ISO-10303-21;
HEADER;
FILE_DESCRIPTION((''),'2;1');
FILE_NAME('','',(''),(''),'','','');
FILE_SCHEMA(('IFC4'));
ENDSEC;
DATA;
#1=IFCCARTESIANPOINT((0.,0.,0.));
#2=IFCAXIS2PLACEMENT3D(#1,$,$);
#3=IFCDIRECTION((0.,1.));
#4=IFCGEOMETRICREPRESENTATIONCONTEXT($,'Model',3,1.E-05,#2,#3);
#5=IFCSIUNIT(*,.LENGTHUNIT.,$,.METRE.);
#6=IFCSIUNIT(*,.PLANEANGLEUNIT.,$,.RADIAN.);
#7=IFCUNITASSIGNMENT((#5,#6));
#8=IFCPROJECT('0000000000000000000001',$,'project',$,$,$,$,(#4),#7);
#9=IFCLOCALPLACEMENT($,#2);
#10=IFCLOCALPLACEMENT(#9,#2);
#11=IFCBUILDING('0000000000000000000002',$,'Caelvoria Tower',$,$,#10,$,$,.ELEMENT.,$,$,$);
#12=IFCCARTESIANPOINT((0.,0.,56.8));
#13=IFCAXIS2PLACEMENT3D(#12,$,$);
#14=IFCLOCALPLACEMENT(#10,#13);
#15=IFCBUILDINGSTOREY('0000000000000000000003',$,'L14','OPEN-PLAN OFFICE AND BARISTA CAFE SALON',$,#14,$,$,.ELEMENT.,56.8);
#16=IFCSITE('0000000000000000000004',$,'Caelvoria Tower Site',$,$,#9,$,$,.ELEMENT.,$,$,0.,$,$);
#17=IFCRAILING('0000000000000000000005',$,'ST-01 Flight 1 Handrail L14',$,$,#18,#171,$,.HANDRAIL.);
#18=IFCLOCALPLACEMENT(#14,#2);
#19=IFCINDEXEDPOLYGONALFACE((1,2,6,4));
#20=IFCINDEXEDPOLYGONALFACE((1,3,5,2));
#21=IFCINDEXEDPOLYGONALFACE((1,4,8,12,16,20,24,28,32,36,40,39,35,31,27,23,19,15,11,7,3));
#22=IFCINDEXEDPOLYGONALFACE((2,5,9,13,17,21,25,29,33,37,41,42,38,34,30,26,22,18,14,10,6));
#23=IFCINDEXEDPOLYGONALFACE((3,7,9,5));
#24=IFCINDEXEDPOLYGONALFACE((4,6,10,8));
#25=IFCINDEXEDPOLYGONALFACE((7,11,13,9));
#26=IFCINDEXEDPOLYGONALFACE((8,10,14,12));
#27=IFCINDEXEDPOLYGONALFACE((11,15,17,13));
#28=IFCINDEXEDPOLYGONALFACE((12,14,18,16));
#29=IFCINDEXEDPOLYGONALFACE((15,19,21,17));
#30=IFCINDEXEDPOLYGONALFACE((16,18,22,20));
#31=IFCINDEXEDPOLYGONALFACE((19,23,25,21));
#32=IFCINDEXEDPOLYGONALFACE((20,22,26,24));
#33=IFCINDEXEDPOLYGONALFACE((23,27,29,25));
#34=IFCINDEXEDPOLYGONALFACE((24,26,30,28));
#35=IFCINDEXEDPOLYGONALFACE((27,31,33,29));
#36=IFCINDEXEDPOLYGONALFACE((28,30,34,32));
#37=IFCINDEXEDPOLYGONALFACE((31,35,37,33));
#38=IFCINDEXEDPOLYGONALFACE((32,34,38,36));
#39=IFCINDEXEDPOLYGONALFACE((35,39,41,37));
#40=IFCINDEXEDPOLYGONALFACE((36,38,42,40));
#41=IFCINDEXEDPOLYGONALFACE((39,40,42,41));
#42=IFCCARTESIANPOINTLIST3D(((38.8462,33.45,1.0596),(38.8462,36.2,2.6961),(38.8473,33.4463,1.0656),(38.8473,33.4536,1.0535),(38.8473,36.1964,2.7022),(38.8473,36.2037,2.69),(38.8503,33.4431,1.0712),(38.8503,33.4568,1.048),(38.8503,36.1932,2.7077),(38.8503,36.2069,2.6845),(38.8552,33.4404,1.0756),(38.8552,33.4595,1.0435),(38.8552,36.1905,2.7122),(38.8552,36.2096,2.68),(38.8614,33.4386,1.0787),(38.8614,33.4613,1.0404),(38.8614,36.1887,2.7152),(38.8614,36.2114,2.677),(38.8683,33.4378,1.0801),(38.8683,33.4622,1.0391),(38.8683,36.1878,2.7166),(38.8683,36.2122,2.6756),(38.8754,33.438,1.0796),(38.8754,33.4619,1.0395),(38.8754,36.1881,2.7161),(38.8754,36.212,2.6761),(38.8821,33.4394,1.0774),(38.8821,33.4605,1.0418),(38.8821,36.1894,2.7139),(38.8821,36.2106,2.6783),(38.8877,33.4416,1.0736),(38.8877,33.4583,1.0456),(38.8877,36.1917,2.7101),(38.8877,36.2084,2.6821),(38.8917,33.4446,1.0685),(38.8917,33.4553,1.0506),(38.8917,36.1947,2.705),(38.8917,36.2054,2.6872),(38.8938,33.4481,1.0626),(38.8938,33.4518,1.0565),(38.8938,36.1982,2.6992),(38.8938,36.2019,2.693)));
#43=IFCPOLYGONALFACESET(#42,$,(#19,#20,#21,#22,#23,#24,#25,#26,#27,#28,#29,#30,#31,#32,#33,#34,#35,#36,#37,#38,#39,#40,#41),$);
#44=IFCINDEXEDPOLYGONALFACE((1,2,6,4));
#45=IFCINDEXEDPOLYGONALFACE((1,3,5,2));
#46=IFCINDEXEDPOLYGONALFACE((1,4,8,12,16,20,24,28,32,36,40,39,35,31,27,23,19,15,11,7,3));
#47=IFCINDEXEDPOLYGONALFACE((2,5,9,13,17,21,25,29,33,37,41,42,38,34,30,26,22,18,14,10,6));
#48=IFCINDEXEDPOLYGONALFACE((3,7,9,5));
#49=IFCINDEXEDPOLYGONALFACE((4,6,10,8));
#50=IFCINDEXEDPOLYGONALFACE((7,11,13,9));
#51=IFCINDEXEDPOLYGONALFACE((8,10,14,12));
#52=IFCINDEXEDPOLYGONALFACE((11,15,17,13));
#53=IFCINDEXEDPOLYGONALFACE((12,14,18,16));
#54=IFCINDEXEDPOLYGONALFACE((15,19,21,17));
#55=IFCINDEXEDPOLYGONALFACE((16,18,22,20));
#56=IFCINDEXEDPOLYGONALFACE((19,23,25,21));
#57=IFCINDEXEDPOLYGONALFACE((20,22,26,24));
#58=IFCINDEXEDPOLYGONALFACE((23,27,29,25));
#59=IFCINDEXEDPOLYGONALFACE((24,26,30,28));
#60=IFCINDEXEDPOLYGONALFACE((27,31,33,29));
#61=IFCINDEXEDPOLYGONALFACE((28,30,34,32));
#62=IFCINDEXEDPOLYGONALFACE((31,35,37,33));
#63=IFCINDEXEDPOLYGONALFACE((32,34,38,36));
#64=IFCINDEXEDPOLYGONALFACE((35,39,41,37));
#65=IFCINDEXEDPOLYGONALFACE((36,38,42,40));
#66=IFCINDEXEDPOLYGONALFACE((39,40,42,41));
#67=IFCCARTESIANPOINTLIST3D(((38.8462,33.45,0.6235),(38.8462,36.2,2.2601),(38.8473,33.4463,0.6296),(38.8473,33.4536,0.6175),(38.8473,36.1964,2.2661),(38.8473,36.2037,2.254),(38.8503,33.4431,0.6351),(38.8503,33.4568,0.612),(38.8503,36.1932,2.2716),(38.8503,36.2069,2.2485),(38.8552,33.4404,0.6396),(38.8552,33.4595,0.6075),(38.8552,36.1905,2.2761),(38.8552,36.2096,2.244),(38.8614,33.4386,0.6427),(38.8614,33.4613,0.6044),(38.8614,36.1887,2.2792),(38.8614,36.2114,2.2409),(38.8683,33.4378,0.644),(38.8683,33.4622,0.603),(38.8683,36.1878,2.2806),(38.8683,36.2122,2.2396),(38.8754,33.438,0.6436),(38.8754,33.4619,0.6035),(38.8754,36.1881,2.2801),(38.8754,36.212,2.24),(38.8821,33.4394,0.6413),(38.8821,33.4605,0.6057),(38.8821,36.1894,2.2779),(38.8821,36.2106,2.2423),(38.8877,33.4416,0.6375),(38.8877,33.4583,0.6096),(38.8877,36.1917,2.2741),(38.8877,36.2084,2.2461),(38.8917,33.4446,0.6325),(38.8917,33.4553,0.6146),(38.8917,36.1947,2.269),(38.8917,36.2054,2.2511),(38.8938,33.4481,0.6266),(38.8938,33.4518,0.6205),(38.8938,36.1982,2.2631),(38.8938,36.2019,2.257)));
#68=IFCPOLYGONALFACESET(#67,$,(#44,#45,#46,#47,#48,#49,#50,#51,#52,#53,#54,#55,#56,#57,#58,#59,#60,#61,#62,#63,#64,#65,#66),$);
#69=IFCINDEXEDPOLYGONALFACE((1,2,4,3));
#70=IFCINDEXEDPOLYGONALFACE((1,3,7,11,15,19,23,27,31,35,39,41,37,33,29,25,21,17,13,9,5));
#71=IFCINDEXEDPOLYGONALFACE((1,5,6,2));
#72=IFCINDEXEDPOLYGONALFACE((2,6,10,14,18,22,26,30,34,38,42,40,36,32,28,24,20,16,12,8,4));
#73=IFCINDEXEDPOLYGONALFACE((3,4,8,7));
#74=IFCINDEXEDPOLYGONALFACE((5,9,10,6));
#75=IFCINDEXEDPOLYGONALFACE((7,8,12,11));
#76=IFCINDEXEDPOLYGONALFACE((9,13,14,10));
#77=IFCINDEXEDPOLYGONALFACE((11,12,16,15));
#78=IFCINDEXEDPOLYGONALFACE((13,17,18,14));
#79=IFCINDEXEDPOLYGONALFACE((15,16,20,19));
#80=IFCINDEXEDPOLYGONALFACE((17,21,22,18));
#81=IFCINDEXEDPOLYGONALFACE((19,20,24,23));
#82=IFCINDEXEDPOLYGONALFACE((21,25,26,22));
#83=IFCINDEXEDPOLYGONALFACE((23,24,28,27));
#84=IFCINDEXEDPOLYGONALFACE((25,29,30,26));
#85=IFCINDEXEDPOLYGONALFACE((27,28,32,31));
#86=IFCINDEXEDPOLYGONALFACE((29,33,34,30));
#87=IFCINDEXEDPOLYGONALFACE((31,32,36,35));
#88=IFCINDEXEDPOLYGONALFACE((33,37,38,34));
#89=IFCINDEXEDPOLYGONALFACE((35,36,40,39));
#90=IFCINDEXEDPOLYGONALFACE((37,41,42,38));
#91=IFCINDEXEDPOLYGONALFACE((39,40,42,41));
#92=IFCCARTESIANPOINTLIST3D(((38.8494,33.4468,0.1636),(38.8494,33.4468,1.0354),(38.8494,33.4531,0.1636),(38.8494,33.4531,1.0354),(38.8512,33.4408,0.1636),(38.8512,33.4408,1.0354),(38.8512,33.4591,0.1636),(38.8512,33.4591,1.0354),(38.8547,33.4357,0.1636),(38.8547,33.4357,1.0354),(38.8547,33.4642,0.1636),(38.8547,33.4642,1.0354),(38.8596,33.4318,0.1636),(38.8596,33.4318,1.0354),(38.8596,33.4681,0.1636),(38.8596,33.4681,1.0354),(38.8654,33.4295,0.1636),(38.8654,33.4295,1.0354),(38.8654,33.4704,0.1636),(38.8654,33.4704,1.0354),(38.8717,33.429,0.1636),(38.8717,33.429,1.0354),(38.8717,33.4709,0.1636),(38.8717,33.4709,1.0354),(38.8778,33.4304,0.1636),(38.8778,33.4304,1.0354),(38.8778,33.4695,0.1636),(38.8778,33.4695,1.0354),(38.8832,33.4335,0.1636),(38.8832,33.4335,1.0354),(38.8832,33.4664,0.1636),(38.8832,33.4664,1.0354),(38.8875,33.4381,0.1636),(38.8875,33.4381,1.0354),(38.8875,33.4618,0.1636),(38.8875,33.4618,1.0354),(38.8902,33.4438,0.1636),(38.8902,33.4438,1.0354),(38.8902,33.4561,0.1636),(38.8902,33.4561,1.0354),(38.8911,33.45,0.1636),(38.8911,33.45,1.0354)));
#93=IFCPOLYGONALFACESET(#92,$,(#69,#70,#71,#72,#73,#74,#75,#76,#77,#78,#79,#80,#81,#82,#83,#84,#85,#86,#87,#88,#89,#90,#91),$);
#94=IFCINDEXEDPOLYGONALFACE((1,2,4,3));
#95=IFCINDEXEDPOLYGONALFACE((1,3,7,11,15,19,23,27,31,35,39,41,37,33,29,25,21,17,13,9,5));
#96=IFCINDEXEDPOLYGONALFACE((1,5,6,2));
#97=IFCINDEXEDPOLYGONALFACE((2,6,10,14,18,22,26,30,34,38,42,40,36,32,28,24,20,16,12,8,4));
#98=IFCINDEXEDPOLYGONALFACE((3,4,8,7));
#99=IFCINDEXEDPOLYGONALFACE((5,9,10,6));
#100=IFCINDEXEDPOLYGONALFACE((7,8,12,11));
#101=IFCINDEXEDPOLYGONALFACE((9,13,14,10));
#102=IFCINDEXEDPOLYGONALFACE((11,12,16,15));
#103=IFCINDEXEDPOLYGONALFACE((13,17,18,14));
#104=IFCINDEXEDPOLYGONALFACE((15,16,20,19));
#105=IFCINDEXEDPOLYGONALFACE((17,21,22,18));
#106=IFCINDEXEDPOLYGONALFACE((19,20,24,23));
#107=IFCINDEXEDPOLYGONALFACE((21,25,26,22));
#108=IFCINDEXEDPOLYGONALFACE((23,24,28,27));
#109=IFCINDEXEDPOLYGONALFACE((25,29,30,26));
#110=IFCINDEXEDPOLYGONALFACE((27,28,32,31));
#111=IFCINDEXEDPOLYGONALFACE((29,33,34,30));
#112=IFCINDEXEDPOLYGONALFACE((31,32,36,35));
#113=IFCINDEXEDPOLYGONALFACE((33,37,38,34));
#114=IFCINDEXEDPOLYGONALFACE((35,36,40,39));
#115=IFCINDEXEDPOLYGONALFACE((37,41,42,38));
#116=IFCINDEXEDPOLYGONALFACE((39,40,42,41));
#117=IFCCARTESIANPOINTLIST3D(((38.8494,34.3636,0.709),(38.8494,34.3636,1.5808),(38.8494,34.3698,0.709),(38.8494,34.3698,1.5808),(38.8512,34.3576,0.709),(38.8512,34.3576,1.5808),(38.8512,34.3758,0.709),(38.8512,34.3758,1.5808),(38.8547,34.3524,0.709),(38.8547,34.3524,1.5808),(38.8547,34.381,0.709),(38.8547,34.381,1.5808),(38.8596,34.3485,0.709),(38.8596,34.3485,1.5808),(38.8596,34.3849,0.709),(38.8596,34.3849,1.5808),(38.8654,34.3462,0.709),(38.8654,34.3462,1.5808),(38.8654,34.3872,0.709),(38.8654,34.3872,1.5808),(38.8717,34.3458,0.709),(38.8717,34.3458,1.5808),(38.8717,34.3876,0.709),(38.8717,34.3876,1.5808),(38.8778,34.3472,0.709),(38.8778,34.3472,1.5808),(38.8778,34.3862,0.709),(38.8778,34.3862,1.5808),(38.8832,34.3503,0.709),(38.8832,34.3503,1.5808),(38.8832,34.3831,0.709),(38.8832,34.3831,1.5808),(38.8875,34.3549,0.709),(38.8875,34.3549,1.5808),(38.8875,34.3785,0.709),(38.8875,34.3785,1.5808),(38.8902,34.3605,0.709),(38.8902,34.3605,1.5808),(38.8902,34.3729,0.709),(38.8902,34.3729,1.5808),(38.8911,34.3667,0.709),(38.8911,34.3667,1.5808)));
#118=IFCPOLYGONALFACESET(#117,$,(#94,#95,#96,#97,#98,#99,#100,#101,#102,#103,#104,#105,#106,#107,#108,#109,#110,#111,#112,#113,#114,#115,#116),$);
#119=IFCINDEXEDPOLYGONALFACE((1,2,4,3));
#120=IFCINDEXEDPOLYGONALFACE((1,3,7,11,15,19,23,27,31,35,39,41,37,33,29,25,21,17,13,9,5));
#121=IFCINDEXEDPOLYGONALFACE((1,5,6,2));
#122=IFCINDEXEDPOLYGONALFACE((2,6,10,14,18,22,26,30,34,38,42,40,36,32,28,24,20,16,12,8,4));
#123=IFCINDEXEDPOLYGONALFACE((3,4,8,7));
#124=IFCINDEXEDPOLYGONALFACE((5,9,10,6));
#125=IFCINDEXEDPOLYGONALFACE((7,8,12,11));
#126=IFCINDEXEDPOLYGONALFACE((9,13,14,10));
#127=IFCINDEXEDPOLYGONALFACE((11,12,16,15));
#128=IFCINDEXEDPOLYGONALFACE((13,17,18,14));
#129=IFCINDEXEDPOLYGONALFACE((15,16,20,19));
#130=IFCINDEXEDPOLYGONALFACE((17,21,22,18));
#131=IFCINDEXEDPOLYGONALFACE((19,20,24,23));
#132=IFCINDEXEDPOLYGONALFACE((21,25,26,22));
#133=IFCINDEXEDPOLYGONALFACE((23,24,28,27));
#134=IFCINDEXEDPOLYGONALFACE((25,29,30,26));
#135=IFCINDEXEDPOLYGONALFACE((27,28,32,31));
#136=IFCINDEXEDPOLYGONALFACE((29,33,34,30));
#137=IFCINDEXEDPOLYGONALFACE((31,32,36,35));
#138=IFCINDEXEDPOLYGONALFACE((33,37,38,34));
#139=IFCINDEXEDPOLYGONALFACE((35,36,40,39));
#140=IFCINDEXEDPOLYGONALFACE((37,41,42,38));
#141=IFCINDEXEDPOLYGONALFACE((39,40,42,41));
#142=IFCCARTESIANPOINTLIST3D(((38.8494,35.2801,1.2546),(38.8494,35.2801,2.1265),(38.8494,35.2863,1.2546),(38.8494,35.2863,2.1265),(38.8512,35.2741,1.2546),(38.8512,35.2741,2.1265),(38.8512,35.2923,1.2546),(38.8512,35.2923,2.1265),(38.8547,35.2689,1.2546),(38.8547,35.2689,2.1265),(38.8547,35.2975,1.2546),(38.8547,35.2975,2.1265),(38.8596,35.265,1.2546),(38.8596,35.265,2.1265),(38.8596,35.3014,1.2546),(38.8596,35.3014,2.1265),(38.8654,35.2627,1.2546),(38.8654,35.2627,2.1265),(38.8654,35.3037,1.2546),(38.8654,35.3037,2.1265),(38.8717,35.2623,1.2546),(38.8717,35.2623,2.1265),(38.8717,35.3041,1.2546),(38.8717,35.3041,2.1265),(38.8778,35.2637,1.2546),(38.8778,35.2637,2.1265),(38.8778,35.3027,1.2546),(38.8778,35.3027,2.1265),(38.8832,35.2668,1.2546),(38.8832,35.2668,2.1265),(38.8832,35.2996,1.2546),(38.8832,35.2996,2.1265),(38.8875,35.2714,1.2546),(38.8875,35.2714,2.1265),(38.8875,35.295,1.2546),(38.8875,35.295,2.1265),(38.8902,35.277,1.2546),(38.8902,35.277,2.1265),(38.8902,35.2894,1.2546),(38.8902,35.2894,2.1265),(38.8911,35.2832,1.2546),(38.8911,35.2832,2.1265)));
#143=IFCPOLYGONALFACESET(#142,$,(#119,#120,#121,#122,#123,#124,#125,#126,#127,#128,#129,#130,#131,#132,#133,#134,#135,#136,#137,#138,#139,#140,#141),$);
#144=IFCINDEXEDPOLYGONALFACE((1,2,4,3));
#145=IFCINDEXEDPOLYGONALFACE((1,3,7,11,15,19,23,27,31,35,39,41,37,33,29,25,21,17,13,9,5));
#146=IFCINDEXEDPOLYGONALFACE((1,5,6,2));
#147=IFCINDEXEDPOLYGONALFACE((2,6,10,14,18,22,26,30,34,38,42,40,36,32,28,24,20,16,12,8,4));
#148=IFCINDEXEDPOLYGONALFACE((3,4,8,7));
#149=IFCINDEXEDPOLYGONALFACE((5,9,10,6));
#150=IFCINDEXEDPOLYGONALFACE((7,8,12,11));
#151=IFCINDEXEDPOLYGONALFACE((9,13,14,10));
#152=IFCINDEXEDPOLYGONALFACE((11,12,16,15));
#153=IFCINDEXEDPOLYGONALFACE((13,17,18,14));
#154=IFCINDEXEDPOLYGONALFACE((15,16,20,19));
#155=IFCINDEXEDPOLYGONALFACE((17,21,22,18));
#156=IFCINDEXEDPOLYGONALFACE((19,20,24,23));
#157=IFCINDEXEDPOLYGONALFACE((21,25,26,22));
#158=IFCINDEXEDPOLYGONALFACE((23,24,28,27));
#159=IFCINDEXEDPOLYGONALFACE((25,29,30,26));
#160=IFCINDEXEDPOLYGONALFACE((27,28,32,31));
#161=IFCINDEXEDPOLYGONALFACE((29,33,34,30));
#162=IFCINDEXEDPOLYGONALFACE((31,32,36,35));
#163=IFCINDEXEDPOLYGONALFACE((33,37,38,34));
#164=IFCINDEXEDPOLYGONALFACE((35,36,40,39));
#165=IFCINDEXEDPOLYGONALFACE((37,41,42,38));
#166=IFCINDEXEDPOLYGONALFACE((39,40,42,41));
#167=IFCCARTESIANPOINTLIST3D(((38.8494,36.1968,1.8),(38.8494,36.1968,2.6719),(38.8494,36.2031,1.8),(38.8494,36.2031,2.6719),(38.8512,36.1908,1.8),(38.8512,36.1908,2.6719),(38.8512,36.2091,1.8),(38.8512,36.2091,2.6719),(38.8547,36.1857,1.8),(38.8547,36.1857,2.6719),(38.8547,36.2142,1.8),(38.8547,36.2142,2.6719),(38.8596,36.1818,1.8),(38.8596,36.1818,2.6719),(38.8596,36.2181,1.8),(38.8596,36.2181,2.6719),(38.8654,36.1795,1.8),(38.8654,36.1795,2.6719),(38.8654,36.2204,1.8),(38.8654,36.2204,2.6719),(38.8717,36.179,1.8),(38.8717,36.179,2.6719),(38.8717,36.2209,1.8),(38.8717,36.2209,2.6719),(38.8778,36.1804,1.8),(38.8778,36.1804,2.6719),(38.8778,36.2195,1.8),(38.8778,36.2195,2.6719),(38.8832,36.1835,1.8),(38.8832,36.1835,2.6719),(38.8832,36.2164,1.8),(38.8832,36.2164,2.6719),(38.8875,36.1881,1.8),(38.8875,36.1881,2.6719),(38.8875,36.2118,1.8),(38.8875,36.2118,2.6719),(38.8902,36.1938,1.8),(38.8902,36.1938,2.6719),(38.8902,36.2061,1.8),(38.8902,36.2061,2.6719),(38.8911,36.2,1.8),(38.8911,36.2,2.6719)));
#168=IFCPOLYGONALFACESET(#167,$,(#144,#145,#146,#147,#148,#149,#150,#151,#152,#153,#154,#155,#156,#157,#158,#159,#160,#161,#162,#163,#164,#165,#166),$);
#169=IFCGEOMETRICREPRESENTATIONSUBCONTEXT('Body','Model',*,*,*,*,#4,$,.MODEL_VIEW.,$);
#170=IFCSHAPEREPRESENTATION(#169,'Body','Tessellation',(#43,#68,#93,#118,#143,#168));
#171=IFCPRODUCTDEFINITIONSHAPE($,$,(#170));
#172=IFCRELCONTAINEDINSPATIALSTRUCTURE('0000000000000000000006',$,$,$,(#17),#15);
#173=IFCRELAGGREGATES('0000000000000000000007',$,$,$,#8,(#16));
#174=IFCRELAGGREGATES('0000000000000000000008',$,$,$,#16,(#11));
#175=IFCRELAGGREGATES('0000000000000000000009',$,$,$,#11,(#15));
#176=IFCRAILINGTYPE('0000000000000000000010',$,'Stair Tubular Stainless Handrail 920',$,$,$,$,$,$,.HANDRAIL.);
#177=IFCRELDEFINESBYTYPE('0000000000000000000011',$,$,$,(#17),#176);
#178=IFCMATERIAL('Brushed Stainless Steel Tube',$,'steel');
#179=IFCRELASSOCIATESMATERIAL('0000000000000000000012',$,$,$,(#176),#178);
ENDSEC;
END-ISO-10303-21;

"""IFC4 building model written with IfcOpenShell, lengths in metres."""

from ifc_helpers import new_model, si_unit, direction, frame, origin, origin_2d, place, context, subcontext, project, spatial, circle, extrude, material, type_object, element, save


model = new_model("IFC4")

# Units and contexts
model_context = context("Model", 3, precision=1e-05, world=origin(), true_north=direction((0.0, 1.0)))
body_context = subcontext(model_context, "Body", "Model", "MODEL_VIEW")
ifc_project = project(units=[si_unit("LENGTHUNIT", "METRE"), si_unit("PLANEANGLEUNIT", "RADIAN")], contexts=[model_context])

# Site, building, storey
site_placement = place(None, origin())
site = spatial("IfcSite", under=ifc_project, at=site_placement, Name="Caelvoria Tower Site", CompositionType="ELEMENT", RefElevation=0.0)
building_placement = place(site_placement, origin())
building = spatial("IfcBuilding", under=site, at=building_placement, Name="Caelvoria Tower", CompositionType="ELEMENT")
storey_placement = place(building_placement, frame((0.0, 0.0, 56.8)))
storey = spatial("IfcBuildingStorey", under=building, at=storey_placement, Name="L14", Description="OPEN-PLAN OFFICE AND BARISTA CAFE SALON", CompositionType="ELEMENT", Elevation=56.8)

# Railing
ifc_material_1 = material(Name="Brushed Stainless Steel Tube", Category="steel")
railing_type_1 = type_object("IfcRailingType", Name="Stair Tubular Stainless Handrail 920", PredefinedType="HANDRAIL", material=ifc_material_1)
railing_1_placement = place(storey_placement, frame((38.8701, 33.45, 0.1636)))
element("IfcRailing", 1, at=railing_1_placement, inside=storey, type_object=railing_type_1, Name="ST-01 Flight 1 Handrail L14", PredefinedType="HANDRAIL", context=body_context, shape_type="SweptSolid", body=[
    extrude(circle(Radius=0.0239, at=origin_2d()), frame((0.0, 0.0, 0.896), z_axis=(0.0, 0.859352, 0.511385), x_axis=(-1.0, 0.0, 0.0)), (0.0, 0.0, 1.0), 3.2002),
    extrude(circle(Radius=0.0239, at=origin_2d()), frame((0.0, 0.0, 0.46), z_axis=(0.0, 0.859352, 0.511385), x_axis=(-1.0, 0.0, 0.0)), (0.0, 0.0, 1.0), 3.2002),
    extrude(circle(Radius=0.021, at=origin_2d()), origin(), (0.0, 0.0, 1.0), 0.8718),
    extrude(circle(Radius=0.021, at=origin_2d()), frame((0.0, 0.9167, 0.5454)), (0.0, 0.0, 1.0), 0.8718),
    extrude(circle(Radius=0.021, at=origin_2d()), frame((0.0, 1.8333, 1.0911)), (0.0, 0.0, 1.0), 0.8718),
    extrude(circle(Radius=0.021, at=origin_2d()), frame((0.0, 2.75, 1.6365)), (0.0, 0.0, 1.0), 0.8718),
])

save(model, "model.ifc")
